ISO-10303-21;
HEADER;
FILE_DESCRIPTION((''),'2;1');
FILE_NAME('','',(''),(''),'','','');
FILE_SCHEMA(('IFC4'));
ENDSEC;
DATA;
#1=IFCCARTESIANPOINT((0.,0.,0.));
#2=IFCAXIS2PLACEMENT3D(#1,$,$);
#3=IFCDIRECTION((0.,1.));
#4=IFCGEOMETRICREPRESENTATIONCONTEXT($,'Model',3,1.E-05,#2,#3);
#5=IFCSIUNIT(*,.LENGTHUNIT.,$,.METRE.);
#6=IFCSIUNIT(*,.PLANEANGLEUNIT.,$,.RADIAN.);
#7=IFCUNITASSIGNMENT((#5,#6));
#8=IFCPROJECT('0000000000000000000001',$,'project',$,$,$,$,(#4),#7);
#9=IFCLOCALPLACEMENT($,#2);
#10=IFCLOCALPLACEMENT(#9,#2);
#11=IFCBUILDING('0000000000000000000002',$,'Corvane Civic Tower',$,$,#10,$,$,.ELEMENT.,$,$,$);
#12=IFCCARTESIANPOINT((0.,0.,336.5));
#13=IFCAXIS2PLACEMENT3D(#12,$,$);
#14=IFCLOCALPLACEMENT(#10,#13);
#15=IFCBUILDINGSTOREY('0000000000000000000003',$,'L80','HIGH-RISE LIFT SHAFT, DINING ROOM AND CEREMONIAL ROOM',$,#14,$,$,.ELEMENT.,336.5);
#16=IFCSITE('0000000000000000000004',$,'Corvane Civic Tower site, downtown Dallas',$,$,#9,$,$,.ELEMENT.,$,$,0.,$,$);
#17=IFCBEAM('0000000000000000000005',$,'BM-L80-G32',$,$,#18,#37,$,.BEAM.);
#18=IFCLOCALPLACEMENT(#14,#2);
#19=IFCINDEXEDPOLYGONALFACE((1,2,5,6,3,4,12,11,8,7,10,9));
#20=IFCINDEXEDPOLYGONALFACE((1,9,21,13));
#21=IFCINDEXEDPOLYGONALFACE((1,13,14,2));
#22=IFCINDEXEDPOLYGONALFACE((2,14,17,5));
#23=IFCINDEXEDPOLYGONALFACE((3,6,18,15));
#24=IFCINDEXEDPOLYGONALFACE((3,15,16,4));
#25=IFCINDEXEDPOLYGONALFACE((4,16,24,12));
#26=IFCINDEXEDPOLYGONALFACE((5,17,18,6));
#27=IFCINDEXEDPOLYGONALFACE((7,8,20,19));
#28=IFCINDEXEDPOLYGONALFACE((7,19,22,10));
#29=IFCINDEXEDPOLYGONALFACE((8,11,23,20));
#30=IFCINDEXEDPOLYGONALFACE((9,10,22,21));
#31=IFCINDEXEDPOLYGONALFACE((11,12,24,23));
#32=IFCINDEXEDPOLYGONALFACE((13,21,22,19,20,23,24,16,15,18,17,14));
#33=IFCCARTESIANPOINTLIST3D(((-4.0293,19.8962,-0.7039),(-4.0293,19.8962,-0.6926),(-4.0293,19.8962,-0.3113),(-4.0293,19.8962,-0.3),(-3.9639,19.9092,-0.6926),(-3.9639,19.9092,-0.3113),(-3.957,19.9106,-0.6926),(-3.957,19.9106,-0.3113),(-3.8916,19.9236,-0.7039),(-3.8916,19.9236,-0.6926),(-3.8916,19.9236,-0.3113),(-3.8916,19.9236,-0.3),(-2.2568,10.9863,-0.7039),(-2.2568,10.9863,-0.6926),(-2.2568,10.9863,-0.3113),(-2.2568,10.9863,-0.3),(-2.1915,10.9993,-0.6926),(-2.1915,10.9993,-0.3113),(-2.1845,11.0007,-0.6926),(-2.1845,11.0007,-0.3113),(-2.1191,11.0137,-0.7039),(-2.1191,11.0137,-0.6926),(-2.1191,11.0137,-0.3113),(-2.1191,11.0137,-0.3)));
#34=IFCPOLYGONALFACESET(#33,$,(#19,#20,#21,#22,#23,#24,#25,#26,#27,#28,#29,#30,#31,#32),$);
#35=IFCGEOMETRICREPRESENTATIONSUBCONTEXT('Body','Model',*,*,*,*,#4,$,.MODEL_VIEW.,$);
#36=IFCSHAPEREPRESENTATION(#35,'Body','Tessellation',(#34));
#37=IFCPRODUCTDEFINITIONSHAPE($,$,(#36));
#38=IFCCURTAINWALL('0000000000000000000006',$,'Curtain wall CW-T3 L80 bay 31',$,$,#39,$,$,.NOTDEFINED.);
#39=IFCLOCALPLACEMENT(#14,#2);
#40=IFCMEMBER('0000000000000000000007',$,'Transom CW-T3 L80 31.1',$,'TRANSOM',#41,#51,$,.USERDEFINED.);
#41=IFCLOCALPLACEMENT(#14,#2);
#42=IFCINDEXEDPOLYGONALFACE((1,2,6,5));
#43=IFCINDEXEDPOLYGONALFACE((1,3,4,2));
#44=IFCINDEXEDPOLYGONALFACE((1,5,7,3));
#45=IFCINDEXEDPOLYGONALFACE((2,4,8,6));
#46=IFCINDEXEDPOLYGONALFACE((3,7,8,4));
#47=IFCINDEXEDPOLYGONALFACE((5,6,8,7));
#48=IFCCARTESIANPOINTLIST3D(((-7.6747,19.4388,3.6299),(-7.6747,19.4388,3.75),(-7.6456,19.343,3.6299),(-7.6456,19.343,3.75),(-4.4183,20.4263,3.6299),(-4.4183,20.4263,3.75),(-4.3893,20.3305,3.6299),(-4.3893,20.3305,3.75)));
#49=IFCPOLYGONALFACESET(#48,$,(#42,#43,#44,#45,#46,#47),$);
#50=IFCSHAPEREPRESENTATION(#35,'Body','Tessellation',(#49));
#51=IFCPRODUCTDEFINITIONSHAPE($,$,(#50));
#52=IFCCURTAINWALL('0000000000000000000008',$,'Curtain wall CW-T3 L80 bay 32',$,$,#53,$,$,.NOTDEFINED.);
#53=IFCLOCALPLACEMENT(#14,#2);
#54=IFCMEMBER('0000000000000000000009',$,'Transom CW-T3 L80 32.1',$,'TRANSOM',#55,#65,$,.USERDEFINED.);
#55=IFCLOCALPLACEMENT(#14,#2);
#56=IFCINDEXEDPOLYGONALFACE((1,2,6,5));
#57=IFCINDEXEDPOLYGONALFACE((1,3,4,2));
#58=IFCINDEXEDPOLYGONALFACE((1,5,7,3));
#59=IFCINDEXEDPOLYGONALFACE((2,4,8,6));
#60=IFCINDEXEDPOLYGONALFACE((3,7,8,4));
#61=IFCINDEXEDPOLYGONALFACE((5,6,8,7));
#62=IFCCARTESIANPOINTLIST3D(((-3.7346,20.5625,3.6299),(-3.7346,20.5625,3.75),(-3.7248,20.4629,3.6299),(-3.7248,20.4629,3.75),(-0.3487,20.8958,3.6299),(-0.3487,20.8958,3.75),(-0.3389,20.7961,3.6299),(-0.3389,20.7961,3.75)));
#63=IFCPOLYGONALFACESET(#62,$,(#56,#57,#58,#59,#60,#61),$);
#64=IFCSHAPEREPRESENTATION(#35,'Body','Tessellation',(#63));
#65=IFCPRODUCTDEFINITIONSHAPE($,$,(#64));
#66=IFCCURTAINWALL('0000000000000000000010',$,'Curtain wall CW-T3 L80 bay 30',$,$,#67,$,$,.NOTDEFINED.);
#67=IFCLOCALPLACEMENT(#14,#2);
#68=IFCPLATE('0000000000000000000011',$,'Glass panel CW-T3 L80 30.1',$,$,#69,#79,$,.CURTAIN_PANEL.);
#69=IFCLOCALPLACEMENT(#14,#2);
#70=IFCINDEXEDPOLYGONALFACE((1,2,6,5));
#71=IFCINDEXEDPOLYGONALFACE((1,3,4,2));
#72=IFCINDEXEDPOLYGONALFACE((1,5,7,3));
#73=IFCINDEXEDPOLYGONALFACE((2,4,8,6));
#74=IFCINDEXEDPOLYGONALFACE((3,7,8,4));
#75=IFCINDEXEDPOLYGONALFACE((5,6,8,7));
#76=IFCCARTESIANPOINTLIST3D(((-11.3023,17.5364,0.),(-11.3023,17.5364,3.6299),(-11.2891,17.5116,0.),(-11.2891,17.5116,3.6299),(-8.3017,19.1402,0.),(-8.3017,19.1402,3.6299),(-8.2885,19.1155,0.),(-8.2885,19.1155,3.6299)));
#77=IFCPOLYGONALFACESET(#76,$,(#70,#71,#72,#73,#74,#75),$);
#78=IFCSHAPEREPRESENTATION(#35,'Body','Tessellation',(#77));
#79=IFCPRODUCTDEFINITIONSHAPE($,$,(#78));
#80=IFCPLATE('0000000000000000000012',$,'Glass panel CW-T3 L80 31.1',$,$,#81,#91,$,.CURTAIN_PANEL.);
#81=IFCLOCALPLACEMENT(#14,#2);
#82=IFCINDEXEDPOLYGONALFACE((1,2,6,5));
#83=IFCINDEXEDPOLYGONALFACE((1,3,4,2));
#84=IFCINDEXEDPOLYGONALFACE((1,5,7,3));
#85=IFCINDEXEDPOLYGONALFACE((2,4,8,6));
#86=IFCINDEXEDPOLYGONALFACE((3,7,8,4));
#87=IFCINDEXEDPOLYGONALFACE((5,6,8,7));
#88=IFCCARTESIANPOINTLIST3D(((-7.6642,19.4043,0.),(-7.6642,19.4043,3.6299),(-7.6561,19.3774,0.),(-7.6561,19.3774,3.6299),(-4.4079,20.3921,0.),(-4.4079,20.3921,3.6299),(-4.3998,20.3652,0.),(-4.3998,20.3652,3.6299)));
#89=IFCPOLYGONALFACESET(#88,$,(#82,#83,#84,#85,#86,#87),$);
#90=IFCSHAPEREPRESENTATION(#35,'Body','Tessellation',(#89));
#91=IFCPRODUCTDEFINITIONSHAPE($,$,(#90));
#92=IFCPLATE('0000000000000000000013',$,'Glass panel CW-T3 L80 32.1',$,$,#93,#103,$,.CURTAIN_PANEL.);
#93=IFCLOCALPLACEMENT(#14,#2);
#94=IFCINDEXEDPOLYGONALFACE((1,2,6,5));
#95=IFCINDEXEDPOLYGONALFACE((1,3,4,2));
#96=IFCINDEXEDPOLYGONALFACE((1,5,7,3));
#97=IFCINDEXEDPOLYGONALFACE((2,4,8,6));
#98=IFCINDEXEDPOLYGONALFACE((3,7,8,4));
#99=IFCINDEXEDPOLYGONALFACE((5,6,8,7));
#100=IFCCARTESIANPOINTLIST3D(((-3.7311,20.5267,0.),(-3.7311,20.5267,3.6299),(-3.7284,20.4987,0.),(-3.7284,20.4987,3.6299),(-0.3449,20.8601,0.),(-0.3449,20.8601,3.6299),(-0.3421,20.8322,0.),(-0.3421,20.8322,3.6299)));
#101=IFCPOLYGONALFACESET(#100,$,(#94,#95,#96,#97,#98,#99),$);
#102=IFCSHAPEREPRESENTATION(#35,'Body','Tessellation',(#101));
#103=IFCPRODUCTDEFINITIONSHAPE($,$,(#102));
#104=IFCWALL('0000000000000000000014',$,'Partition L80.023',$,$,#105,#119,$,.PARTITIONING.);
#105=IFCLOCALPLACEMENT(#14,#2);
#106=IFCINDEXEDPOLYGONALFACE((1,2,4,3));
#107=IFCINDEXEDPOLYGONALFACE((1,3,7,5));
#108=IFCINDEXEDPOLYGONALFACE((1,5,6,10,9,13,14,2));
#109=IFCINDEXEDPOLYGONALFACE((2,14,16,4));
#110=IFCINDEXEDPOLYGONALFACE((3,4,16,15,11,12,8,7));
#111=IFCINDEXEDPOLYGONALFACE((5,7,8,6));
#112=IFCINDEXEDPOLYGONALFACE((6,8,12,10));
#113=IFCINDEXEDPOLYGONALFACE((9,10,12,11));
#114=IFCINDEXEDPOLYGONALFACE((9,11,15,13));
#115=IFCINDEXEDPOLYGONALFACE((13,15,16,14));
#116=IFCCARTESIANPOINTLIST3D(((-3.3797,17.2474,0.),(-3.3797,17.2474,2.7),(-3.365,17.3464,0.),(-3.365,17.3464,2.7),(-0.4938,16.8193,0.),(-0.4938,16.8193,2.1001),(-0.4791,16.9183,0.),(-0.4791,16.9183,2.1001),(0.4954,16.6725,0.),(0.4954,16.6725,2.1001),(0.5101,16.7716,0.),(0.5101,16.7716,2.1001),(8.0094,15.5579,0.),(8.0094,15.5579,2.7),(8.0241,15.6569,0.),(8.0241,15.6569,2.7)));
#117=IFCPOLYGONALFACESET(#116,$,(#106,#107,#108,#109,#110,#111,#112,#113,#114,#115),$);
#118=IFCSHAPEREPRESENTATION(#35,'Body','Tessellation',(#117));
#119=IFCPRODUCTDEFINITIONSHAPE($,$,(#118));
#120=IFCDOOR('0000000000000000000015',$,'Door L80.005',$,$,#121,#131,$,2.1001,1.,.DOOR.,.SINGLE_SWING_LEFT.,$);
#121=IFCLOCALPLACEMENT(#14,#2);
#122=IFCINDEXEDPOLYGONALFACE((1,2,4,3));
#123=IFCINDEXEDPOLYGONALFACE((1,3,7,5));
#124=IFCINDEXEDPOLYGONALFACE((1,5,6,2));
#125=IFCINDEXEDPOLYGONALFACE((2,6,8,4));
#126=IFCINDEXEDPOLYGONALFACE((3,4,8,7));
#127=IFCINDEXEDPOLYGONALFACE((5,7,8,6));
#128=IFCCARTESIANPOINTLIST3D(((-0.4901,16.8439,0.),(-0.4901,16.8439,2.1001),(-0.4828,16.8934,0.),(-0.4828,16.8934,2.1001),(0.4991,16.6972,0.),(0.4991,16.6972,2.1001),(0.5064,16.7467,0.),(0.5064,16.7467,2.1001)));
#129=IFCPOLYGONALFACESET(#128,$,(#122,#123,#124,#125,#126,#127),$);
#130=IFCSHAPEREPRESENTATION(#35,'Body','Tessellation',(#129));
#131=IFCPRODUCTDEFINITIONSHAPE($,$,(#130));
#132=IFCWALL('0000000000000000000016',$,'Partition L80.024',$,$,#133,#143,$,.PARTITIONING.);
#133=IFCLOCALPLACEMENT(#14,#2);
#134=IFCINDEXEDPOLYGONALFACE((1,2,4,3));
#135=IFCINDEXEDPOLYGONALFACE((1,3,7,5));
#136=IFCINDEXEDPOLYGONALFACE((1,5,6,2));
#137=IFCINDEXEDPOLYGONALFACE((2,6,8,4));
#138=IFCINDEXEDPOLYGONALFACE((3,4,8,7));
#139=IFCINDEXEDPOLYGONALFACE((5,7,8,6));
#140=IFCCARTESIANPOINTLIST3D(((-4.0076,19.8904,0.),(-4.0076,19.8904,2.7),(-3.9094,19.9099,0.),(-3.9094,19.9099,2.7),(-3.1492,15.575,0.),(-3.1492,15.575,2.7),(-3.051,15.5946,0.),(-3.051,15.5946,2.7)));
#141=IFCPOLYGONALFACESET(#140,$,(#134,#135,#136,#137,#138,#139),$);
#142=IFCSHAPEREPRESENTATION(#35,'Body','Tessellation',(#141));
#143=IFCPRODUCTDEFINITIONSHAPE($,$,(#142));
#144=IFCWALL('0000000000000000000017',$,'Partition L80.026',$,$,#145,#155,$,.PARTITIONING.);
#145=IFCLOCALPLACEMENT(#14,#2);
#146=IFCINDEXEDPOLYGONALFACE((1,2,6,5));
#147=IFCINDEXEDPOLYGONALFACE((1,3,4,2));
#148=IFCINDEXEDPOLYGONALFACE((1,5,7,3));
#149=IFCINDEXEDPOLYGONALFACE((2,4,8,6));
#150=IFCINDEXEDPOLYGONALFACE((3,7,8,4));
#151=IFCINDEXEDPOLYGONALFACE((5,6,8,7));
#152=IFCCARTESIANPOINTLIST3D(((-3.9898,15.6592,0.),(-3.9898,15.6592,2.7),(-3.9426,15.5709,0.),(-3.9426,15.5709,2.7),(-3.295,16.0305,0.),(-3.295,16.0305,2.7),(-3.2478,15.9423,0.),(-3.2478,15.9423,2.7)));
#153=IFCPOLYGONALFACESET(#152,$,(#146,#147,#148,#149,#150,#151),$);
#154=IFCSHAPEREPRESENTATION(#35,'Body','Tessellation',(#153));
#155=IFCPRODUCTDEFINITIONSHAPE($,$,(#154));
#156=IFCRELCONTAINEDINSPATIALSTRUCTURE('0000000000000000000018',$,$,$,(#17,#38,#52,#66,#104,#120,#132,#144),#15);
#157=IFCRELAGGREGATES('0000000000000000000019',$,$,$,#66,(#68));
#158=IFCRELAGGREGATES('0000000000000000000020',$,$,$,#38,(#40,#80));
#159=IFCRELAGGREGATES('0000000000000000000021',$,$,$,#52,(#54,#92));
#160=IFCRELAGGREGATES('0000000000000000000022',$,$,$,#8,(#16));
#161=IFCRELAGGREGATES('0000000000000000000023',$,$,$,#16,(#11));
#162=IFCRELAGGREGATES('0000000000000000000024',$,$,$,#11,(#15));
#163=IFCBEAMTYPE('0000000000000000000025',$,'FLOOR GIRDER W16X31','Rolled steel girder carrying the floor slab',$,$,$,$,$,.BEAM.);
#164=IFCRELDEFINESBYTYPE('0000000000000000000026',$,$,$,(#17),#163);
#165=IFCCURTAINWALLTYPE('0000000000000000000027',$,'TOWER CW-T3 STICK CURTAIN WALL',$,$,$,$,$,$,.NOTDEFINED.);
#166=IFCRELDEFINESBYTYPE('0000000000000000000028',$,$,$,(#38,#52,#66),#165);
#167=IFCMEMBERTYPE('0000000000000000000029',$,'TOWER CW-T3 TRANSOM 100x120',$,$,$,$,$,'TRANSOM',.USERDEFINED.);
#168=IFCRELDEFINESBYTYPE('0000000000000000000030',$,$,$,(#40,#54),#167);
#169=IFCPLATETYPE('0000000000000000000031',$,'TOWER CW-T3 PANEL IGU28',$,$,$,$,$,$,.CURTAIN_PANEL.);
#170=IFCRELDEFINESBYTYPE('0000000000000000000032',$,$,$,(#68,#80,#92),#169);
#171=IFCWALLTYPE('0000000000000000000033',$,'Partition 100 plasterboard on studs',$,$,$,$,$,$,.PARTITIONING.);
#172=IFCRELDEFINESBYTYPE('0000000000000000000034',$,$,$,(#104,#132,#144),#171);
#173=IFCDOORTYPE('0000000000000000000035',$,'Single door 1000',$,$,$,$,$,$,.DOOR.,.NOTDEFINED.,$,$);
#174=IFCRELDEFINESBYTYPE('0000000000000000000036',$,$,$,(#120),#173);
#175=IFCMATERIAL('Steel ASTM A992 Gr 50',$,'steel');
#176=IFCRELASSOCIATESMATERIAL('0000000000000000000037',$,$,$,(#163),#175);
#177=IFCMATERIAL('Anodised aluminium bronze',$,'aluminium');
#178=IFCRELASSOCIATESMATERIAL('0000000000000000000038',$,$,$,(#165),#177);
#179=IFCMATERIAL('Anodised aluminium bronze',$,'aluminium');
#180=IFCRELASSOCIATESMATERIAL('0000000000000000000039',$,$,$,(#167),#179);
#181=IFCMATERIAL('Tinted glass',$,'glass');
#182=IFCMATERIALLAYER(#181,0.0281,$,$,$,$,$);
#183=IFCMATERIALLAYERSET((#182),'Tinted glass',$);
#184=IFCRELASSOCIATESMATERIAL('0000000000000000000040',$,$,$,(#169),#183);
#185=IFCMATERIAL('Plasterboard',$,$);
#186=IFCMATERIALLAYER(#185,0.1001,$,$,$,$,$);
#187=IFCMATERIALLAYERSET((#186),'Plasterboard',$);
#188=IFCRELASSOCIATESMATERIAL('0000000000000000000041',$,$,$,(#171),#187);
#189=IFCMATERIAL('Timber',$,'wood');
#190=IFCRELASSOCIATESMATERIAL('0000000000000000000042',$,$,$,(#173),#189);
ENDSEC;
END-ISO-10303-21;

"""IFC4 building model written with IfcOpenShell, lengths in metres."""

from ifc_helpers import new_model, si_unit, direction, frame, frame_2d, origin, origin_2d, place, context, subcontext, project, spatial, rectangle, i_section, extrude, material, layer, layer_set, material_profile, profile_set, type_object, element, fill, aggregate, save


model = new_model("IFC4")

# Units and contexts
model_context = context("Model", 3, precision=1e-05, world=origin(), true_north=direction((0.0, 1.0)))
body_context = subcontext(model_context, "Body", "Model", "MODEL_VIEW")
ifc_project = project(units=[si_unit("LENGTHUNIT", "METRE"), si_unit("PLANEANGLEUNIT", "RADIAN")], contexts=[model_context])

# Site, building, storey
site_placement = place(None, origin())
site = spatial("IfcSite", under=ifc_project, at=site_placement, Name="Corvane Civic Tower site, downtown Dallas", CompositionType="ELEMENT", RefElevation=0.0)
building_placement = place(site_placement, origin())
building = spatial("IfcBuilding", under=site, at=building_placement, Name="Corvane Civic Tower", CompositionType="ELEMENT")
storey_placement = place(building_placement, frame((0.0, 0.0, 336.5)))
storey = spatial("IfcBuildingStorey", under=building, at=storey_placement, Name="L80", Description="HIGH-RISE LIFT SHAFT, DINING ROOM AND CEREMONIAL ROOM", CompositionType="ELEMENT", Elevation=336.5)

# Beam
ifc_material_1 = material(Name="Steel ASTM A992 Gr 50", Category="steel")
ifc_material_profile_1 = material_profile(ifc_material_1, i_section(OverallWidth=0.1404, OverallDepth=0.4038, WebThickness=0.0071, FlangeThickness=0.0112, at=origin_2d()), Name="W16X31")
ifc_profile_set_1 = profile_set([ifc_material_profile_1], Name="Steel ASTM A992 Gr 50")
beam_type_1 = type_object("IfcBeamType", Name="FLOOR GIRDER W16X31", Description="Rolled steel girder carrying the floor slab", PredefinedType="BEAM", material=ifc_profile_set_1)
beam_1_placement = place(storey_placement, frame((-2.188, 11.0, -0.502), z_axis=(-0.195108, 0.980782, 0.0), x_axis=(-0.980782, -0.195108, 0.0)))
element("IfcBeam", 1, at=beam_1_placement, inside=storey, type_object=beam_type_1, Name="BM-L80-G32", PredefinedType="BEAM", context=body_context, shape_type="SweptSolid", body=[
    extrude(i_section(OverallWidth=0.1404, OverallDepth=0.4038, WebThickness=0.0071, FlangeThickness=0.0112, at=origin_2d()), origin(), (0.0, 0.0, 1.0), 9.0845),
])

# Curtain walls, members
ifc_material_2 = material(Name="Anodised aluminium bronze", Category="aluminium")
curtain_wall_type = type_object("IfcCurtainWallType", Name="TOWER CW-T3 STICK CURTAIN WALL", PredefinedType="NOTDEFINED", material=ifc_material_2)
curtain_wall_1_placement = place(storey_placement, origin())
curtain_wall_1 = element("IfcCurtainWall", 2, at=curtain_wall_1_placement, inside=storey, type_object=curtain_wall_type, Name="Curtain wall CW-T3 L80 bay 31", PredefinedType="NOTDEFINED")
ifc_material_3 = material(Name="Anodised aluminium bronze", Category="aluminium")
ifc_material_profile_2 = material_profile(ifc_material_3, rectangle(XDim=0.1001, YDim=0.1201, at=origin_2d()), Name="TOWER CW-T3 TRANSOM 100x120")
ifc_profile_set_2 = profile_set([ifc_material_profile_2], Name="Anodised aluminium bronze")
member_type = type_object("IfcMemberType", Name="TOWER CW-T3 TRANSOM 100x120", ElementType="TRANSOM", PredefinedType="USERDEFINED", material=ifc_profile_set_2)
member_1_placement = place(storey_placement, frame((-7.6602, 19.3909, 3.6899), z_axis=(0.956961, 0.290216, 0.0), x_axis=(-0.290216, 0.956961, 0.0)))
member_1 = element("IfcMember", 3, at=member_1_placement, type_object=member_type, Name="Transom CW-T3 L80 31.1", ObjectType="TRANSOM", PredefinedType="USERDEFINED", context=body_context, shape_type="SweptSolid", body=[
    extrude(rectangle(XDim=0.1001, YDim=0.1201, at=origin_2d()), origin(), (0.0, 0.0, 1.0), 3.4028),
])
curtain_wall_2_placement = place(storey_placement, origin())
curtain_wall_2 = element("IfcCurtainWall", 4, at=curtain_wall_2_placement, inside=storey, type_object=curtain_wall_type, Name="Curtain wall CW-T3 L80 bay 32", PredefinedType="NOTDEFINED")
member_2_placement = place(storey_placement, frame((-3.7297, 20.5127, 3.6899), z_axis=(0.995192, 0.097948, 0.0), x_axis=(-0.097948, 0.995192, 0.0)))
member_2 = element("IfcMember", 5, at=member_2_placement, type_object=member_type, Name="Transom CW-T3 L80 32.1", ObjectType="TRANSOM", PredefinedType="USERDEFINED", context=body_context, shape_type="SweptSolid", body=[
    extrude(rectangle(XDim=0.1001, YDim=0.1201, at=origin_2d()), origin(), (0.0, 0.0, 1.0), 3.4023),
])

# Curtain wall, plate
curtain_wall_3_placement = place(storey_placement, origin())
curtain_wall_3 = element("IfcCurtainWall", 6, at=curtain_wall_3_placement, inside=storey, type_object=curtain_wall_type, Name="Curtain wall CW-T3 L80 bay 30", PredefinedType="NOTDEFINED")
ifc_material_4 = material(Name="Tinted glass", Category="glass")
ifc_layer_1 = layer(ifc_material_4, 0.0281)
ifc_layer_set_1 = layer_set([ifc_layer_1], Name="Tinted glass")
plate_type = type_object("IfcPlateType", Name="TOWER CW-T3 PANEL IGU28", PredefinedType="CURTAIN_PANEL", material=ifc_layer_set_1)
plate_1_placement = place(storey_placement, frame((-9.7954, 18.3259, 0.0), z_axis=(0.0, 0.0, 1.0), x_axis=(0.881928, 0.471384, 0.0)))
plate_1 = element("IfcPlate", 7, at=plate_1_placement, type_object=plate_type, Name="Glass panel CW-T3 L80 30.1", PredefinedType="CURTAIN_PANEL", context=body_context, shape_type="SweptSolid", body=[
    extrude(rectangle(XDim=3.4023, YDim=0.0281, at=origin_2d()), origin(), (0.0, 0.0, 1.0), 3.6299),
])
aggregate(curtain_wall_3, [plate_1])

# Plates
plate_2_placement = place(storey_placement, frame((-6.032, 19.8848, 0.0), z_axis=(0.0, 0.0, 1.0), x_axis=(0.956939, 0.29029, 0.0)))
plate_2 = element("IfcPlate", 8, at=plate_2_placement, type_object=plate_type, Name="Glass panel CW-T3 L80 31.1", PredefinedType="CURTAIN_PANEL", context=body_context, shape_type="SweptSolid", body=[
    extrude(rectangle(XDim=3.4028, YDim=0.0281, at=origin_2d()), origin(), (0.0, 0.0, 1.0), 3.6299),
])
aggregate(curtain_wall_1, [member_1, plate_2])
plate_3_placement = place(storey_placement, frame((-2.0366, 20.6794, 0.0), z_axis=(0.0, 0.0, 1.0), x_axis=(0.995187, 0.097998, 0.0)))
plate_3 = element("IfcPlate", 9, at=plate_3_placement, type_object=plate_type, Name="Glass panel CW-T3 L80 32.1", PredefinedType="CURTAIN_PANEL", context=body_context, shape_type="SweptSolid", body=[
    extrude(rectangle(XDim=3.4026, YDim=0.0281, at=origin_2d()), origin(), (0.0, 0.0, 1.0), 3.6299),
])
aggregate(curtain_wall_2, [member_2, plate_3])

# Wall, opening, door
ifc_material_5 = material(Name="Plasterboard")
ifc_layer_2 = layer(ifc_material_5, 0.1001)
ifc_layer_set_2 = layer_set([ifc_layer_2], Name="Plasterboard")
wall_type_1 = type_object("IfcWallType", Name="Partition 100 plasterboard on studs", PredefinedType="PARTITIONING", material=ifc_layer_set_2)
wall_1_placement = place(storey_placement, frame((-3.3723, 17.2969, 0.0), z_axis=(0.0, 0.0, 1.0), x_axis=(0.989176, -0.146733, 0.0)))
wall_1 = element("IfcWall", 10, at=wall_1_placement, inside=storey, type_object=wall_type_1, Name="Partition L80.023", PredefinedType="PARTITIONING", context=body_context, shape_type="SweptSolid", body=[
    extrude(rectangle(XDim=11.5137, YDim=0.1001, at=frame_2d((5.7568, 0.0))), origin(), (0.0, 0.0, 1.0), 2.7),
])
opening_1_placement = place(wall_1_placement, frame((2.9175, 0.0, 0.0)))
opening_1 = element("IfcOpeningElement", 11, at=opening_1_placement, cuts=wall_1, PredefinedType="OPENING", context=body_context, shape_type="SweptSolid", body=[
    extrude(rectangle(XDim=1.0, YDim=2.1001, at=frame_2d((0.5, 1.05))), frame((0.0, 0.0601, 0.0), z_axis=(0.0, -1.0, 0.0), x_axis=(1.0, 0.0, 0.0)), (0.0, 0.0, 1.0), 0.1201),
])
ifc_material_6 = material(Name="Timber", Category="wood")
door_type_1 = type_object("IfcDoorType", Name="Single door 1000", OperationType="NOTDEFINED", PredefinedType="DOOR", material=ifc_material_6)
door_1_placement = place(opening_1_placement, origin())
door_1 = element("IfcDoor", 12, at=door_1_placement, inside=storey, type_object=door_type_1, Name="Door L80.005", OperationType="SINGLE_SWING_LEFT", OverallHeight=2.1001, OverallWidth=1.0, PredefinedType="DOOR", context=body_context, shape_type="SweptSolid", body=[
    extrude(rectangle(XDim=1.0, YDim=2.1001, at=frame_2d((0.5, 1.05))), frame((0.0, 0.0249, 0.0), z_axis=(0.0, -1.0, 0.0), x_axis=(1.0, 0.0, 0.0)), (0.0, 0.0, 1.0), 0.05),
])
fill(opening_1, door_1)

# Walls
wall_2_placement = place(storey_placement, frame((-3.9585, 19.9001, 0.0), z_axis=(0.0, 0.0, 1.0), x_axis=(0.195092, -0.980785, 0.0)))
element("IfcWall", 13, at=wall_2_placement, inside=storey, type_object=wall_type_1, Name="Partition L80.024", PredefinedType="PARTITIONING", context=body_context, shape_type="SweptSolid", body=[
    extrude(rectangle(XDim=4.3999, YDim=0.1001, at=frame_2d((2.2, 0.0))), origin(), (0.0, 0.0, 1.0), 2.7),
])
wall_3_placement = place(storey_placement, frame((-3.9663, 15.615, 0.0), z_axis=(0.0, 0.0, 1.0), x_axis=(0.881949, 0.471344, 0.0)))
element("IfcWall", 14, at=wall_3_placement, inside=storey, type_object=wall_type_1, Name="Partition L80.026", PredefinedType="PARTITIONING", context=body_context, shape_type="SweptSolid", body=[
    extrude(rectangle(XDim=0.7878, YDim=0.1001, at=frame_2d((0.394, 0.0))), origin(), (0.0, 0.0, 1.0), 2.7),
])

save(model, "model.ifc")
